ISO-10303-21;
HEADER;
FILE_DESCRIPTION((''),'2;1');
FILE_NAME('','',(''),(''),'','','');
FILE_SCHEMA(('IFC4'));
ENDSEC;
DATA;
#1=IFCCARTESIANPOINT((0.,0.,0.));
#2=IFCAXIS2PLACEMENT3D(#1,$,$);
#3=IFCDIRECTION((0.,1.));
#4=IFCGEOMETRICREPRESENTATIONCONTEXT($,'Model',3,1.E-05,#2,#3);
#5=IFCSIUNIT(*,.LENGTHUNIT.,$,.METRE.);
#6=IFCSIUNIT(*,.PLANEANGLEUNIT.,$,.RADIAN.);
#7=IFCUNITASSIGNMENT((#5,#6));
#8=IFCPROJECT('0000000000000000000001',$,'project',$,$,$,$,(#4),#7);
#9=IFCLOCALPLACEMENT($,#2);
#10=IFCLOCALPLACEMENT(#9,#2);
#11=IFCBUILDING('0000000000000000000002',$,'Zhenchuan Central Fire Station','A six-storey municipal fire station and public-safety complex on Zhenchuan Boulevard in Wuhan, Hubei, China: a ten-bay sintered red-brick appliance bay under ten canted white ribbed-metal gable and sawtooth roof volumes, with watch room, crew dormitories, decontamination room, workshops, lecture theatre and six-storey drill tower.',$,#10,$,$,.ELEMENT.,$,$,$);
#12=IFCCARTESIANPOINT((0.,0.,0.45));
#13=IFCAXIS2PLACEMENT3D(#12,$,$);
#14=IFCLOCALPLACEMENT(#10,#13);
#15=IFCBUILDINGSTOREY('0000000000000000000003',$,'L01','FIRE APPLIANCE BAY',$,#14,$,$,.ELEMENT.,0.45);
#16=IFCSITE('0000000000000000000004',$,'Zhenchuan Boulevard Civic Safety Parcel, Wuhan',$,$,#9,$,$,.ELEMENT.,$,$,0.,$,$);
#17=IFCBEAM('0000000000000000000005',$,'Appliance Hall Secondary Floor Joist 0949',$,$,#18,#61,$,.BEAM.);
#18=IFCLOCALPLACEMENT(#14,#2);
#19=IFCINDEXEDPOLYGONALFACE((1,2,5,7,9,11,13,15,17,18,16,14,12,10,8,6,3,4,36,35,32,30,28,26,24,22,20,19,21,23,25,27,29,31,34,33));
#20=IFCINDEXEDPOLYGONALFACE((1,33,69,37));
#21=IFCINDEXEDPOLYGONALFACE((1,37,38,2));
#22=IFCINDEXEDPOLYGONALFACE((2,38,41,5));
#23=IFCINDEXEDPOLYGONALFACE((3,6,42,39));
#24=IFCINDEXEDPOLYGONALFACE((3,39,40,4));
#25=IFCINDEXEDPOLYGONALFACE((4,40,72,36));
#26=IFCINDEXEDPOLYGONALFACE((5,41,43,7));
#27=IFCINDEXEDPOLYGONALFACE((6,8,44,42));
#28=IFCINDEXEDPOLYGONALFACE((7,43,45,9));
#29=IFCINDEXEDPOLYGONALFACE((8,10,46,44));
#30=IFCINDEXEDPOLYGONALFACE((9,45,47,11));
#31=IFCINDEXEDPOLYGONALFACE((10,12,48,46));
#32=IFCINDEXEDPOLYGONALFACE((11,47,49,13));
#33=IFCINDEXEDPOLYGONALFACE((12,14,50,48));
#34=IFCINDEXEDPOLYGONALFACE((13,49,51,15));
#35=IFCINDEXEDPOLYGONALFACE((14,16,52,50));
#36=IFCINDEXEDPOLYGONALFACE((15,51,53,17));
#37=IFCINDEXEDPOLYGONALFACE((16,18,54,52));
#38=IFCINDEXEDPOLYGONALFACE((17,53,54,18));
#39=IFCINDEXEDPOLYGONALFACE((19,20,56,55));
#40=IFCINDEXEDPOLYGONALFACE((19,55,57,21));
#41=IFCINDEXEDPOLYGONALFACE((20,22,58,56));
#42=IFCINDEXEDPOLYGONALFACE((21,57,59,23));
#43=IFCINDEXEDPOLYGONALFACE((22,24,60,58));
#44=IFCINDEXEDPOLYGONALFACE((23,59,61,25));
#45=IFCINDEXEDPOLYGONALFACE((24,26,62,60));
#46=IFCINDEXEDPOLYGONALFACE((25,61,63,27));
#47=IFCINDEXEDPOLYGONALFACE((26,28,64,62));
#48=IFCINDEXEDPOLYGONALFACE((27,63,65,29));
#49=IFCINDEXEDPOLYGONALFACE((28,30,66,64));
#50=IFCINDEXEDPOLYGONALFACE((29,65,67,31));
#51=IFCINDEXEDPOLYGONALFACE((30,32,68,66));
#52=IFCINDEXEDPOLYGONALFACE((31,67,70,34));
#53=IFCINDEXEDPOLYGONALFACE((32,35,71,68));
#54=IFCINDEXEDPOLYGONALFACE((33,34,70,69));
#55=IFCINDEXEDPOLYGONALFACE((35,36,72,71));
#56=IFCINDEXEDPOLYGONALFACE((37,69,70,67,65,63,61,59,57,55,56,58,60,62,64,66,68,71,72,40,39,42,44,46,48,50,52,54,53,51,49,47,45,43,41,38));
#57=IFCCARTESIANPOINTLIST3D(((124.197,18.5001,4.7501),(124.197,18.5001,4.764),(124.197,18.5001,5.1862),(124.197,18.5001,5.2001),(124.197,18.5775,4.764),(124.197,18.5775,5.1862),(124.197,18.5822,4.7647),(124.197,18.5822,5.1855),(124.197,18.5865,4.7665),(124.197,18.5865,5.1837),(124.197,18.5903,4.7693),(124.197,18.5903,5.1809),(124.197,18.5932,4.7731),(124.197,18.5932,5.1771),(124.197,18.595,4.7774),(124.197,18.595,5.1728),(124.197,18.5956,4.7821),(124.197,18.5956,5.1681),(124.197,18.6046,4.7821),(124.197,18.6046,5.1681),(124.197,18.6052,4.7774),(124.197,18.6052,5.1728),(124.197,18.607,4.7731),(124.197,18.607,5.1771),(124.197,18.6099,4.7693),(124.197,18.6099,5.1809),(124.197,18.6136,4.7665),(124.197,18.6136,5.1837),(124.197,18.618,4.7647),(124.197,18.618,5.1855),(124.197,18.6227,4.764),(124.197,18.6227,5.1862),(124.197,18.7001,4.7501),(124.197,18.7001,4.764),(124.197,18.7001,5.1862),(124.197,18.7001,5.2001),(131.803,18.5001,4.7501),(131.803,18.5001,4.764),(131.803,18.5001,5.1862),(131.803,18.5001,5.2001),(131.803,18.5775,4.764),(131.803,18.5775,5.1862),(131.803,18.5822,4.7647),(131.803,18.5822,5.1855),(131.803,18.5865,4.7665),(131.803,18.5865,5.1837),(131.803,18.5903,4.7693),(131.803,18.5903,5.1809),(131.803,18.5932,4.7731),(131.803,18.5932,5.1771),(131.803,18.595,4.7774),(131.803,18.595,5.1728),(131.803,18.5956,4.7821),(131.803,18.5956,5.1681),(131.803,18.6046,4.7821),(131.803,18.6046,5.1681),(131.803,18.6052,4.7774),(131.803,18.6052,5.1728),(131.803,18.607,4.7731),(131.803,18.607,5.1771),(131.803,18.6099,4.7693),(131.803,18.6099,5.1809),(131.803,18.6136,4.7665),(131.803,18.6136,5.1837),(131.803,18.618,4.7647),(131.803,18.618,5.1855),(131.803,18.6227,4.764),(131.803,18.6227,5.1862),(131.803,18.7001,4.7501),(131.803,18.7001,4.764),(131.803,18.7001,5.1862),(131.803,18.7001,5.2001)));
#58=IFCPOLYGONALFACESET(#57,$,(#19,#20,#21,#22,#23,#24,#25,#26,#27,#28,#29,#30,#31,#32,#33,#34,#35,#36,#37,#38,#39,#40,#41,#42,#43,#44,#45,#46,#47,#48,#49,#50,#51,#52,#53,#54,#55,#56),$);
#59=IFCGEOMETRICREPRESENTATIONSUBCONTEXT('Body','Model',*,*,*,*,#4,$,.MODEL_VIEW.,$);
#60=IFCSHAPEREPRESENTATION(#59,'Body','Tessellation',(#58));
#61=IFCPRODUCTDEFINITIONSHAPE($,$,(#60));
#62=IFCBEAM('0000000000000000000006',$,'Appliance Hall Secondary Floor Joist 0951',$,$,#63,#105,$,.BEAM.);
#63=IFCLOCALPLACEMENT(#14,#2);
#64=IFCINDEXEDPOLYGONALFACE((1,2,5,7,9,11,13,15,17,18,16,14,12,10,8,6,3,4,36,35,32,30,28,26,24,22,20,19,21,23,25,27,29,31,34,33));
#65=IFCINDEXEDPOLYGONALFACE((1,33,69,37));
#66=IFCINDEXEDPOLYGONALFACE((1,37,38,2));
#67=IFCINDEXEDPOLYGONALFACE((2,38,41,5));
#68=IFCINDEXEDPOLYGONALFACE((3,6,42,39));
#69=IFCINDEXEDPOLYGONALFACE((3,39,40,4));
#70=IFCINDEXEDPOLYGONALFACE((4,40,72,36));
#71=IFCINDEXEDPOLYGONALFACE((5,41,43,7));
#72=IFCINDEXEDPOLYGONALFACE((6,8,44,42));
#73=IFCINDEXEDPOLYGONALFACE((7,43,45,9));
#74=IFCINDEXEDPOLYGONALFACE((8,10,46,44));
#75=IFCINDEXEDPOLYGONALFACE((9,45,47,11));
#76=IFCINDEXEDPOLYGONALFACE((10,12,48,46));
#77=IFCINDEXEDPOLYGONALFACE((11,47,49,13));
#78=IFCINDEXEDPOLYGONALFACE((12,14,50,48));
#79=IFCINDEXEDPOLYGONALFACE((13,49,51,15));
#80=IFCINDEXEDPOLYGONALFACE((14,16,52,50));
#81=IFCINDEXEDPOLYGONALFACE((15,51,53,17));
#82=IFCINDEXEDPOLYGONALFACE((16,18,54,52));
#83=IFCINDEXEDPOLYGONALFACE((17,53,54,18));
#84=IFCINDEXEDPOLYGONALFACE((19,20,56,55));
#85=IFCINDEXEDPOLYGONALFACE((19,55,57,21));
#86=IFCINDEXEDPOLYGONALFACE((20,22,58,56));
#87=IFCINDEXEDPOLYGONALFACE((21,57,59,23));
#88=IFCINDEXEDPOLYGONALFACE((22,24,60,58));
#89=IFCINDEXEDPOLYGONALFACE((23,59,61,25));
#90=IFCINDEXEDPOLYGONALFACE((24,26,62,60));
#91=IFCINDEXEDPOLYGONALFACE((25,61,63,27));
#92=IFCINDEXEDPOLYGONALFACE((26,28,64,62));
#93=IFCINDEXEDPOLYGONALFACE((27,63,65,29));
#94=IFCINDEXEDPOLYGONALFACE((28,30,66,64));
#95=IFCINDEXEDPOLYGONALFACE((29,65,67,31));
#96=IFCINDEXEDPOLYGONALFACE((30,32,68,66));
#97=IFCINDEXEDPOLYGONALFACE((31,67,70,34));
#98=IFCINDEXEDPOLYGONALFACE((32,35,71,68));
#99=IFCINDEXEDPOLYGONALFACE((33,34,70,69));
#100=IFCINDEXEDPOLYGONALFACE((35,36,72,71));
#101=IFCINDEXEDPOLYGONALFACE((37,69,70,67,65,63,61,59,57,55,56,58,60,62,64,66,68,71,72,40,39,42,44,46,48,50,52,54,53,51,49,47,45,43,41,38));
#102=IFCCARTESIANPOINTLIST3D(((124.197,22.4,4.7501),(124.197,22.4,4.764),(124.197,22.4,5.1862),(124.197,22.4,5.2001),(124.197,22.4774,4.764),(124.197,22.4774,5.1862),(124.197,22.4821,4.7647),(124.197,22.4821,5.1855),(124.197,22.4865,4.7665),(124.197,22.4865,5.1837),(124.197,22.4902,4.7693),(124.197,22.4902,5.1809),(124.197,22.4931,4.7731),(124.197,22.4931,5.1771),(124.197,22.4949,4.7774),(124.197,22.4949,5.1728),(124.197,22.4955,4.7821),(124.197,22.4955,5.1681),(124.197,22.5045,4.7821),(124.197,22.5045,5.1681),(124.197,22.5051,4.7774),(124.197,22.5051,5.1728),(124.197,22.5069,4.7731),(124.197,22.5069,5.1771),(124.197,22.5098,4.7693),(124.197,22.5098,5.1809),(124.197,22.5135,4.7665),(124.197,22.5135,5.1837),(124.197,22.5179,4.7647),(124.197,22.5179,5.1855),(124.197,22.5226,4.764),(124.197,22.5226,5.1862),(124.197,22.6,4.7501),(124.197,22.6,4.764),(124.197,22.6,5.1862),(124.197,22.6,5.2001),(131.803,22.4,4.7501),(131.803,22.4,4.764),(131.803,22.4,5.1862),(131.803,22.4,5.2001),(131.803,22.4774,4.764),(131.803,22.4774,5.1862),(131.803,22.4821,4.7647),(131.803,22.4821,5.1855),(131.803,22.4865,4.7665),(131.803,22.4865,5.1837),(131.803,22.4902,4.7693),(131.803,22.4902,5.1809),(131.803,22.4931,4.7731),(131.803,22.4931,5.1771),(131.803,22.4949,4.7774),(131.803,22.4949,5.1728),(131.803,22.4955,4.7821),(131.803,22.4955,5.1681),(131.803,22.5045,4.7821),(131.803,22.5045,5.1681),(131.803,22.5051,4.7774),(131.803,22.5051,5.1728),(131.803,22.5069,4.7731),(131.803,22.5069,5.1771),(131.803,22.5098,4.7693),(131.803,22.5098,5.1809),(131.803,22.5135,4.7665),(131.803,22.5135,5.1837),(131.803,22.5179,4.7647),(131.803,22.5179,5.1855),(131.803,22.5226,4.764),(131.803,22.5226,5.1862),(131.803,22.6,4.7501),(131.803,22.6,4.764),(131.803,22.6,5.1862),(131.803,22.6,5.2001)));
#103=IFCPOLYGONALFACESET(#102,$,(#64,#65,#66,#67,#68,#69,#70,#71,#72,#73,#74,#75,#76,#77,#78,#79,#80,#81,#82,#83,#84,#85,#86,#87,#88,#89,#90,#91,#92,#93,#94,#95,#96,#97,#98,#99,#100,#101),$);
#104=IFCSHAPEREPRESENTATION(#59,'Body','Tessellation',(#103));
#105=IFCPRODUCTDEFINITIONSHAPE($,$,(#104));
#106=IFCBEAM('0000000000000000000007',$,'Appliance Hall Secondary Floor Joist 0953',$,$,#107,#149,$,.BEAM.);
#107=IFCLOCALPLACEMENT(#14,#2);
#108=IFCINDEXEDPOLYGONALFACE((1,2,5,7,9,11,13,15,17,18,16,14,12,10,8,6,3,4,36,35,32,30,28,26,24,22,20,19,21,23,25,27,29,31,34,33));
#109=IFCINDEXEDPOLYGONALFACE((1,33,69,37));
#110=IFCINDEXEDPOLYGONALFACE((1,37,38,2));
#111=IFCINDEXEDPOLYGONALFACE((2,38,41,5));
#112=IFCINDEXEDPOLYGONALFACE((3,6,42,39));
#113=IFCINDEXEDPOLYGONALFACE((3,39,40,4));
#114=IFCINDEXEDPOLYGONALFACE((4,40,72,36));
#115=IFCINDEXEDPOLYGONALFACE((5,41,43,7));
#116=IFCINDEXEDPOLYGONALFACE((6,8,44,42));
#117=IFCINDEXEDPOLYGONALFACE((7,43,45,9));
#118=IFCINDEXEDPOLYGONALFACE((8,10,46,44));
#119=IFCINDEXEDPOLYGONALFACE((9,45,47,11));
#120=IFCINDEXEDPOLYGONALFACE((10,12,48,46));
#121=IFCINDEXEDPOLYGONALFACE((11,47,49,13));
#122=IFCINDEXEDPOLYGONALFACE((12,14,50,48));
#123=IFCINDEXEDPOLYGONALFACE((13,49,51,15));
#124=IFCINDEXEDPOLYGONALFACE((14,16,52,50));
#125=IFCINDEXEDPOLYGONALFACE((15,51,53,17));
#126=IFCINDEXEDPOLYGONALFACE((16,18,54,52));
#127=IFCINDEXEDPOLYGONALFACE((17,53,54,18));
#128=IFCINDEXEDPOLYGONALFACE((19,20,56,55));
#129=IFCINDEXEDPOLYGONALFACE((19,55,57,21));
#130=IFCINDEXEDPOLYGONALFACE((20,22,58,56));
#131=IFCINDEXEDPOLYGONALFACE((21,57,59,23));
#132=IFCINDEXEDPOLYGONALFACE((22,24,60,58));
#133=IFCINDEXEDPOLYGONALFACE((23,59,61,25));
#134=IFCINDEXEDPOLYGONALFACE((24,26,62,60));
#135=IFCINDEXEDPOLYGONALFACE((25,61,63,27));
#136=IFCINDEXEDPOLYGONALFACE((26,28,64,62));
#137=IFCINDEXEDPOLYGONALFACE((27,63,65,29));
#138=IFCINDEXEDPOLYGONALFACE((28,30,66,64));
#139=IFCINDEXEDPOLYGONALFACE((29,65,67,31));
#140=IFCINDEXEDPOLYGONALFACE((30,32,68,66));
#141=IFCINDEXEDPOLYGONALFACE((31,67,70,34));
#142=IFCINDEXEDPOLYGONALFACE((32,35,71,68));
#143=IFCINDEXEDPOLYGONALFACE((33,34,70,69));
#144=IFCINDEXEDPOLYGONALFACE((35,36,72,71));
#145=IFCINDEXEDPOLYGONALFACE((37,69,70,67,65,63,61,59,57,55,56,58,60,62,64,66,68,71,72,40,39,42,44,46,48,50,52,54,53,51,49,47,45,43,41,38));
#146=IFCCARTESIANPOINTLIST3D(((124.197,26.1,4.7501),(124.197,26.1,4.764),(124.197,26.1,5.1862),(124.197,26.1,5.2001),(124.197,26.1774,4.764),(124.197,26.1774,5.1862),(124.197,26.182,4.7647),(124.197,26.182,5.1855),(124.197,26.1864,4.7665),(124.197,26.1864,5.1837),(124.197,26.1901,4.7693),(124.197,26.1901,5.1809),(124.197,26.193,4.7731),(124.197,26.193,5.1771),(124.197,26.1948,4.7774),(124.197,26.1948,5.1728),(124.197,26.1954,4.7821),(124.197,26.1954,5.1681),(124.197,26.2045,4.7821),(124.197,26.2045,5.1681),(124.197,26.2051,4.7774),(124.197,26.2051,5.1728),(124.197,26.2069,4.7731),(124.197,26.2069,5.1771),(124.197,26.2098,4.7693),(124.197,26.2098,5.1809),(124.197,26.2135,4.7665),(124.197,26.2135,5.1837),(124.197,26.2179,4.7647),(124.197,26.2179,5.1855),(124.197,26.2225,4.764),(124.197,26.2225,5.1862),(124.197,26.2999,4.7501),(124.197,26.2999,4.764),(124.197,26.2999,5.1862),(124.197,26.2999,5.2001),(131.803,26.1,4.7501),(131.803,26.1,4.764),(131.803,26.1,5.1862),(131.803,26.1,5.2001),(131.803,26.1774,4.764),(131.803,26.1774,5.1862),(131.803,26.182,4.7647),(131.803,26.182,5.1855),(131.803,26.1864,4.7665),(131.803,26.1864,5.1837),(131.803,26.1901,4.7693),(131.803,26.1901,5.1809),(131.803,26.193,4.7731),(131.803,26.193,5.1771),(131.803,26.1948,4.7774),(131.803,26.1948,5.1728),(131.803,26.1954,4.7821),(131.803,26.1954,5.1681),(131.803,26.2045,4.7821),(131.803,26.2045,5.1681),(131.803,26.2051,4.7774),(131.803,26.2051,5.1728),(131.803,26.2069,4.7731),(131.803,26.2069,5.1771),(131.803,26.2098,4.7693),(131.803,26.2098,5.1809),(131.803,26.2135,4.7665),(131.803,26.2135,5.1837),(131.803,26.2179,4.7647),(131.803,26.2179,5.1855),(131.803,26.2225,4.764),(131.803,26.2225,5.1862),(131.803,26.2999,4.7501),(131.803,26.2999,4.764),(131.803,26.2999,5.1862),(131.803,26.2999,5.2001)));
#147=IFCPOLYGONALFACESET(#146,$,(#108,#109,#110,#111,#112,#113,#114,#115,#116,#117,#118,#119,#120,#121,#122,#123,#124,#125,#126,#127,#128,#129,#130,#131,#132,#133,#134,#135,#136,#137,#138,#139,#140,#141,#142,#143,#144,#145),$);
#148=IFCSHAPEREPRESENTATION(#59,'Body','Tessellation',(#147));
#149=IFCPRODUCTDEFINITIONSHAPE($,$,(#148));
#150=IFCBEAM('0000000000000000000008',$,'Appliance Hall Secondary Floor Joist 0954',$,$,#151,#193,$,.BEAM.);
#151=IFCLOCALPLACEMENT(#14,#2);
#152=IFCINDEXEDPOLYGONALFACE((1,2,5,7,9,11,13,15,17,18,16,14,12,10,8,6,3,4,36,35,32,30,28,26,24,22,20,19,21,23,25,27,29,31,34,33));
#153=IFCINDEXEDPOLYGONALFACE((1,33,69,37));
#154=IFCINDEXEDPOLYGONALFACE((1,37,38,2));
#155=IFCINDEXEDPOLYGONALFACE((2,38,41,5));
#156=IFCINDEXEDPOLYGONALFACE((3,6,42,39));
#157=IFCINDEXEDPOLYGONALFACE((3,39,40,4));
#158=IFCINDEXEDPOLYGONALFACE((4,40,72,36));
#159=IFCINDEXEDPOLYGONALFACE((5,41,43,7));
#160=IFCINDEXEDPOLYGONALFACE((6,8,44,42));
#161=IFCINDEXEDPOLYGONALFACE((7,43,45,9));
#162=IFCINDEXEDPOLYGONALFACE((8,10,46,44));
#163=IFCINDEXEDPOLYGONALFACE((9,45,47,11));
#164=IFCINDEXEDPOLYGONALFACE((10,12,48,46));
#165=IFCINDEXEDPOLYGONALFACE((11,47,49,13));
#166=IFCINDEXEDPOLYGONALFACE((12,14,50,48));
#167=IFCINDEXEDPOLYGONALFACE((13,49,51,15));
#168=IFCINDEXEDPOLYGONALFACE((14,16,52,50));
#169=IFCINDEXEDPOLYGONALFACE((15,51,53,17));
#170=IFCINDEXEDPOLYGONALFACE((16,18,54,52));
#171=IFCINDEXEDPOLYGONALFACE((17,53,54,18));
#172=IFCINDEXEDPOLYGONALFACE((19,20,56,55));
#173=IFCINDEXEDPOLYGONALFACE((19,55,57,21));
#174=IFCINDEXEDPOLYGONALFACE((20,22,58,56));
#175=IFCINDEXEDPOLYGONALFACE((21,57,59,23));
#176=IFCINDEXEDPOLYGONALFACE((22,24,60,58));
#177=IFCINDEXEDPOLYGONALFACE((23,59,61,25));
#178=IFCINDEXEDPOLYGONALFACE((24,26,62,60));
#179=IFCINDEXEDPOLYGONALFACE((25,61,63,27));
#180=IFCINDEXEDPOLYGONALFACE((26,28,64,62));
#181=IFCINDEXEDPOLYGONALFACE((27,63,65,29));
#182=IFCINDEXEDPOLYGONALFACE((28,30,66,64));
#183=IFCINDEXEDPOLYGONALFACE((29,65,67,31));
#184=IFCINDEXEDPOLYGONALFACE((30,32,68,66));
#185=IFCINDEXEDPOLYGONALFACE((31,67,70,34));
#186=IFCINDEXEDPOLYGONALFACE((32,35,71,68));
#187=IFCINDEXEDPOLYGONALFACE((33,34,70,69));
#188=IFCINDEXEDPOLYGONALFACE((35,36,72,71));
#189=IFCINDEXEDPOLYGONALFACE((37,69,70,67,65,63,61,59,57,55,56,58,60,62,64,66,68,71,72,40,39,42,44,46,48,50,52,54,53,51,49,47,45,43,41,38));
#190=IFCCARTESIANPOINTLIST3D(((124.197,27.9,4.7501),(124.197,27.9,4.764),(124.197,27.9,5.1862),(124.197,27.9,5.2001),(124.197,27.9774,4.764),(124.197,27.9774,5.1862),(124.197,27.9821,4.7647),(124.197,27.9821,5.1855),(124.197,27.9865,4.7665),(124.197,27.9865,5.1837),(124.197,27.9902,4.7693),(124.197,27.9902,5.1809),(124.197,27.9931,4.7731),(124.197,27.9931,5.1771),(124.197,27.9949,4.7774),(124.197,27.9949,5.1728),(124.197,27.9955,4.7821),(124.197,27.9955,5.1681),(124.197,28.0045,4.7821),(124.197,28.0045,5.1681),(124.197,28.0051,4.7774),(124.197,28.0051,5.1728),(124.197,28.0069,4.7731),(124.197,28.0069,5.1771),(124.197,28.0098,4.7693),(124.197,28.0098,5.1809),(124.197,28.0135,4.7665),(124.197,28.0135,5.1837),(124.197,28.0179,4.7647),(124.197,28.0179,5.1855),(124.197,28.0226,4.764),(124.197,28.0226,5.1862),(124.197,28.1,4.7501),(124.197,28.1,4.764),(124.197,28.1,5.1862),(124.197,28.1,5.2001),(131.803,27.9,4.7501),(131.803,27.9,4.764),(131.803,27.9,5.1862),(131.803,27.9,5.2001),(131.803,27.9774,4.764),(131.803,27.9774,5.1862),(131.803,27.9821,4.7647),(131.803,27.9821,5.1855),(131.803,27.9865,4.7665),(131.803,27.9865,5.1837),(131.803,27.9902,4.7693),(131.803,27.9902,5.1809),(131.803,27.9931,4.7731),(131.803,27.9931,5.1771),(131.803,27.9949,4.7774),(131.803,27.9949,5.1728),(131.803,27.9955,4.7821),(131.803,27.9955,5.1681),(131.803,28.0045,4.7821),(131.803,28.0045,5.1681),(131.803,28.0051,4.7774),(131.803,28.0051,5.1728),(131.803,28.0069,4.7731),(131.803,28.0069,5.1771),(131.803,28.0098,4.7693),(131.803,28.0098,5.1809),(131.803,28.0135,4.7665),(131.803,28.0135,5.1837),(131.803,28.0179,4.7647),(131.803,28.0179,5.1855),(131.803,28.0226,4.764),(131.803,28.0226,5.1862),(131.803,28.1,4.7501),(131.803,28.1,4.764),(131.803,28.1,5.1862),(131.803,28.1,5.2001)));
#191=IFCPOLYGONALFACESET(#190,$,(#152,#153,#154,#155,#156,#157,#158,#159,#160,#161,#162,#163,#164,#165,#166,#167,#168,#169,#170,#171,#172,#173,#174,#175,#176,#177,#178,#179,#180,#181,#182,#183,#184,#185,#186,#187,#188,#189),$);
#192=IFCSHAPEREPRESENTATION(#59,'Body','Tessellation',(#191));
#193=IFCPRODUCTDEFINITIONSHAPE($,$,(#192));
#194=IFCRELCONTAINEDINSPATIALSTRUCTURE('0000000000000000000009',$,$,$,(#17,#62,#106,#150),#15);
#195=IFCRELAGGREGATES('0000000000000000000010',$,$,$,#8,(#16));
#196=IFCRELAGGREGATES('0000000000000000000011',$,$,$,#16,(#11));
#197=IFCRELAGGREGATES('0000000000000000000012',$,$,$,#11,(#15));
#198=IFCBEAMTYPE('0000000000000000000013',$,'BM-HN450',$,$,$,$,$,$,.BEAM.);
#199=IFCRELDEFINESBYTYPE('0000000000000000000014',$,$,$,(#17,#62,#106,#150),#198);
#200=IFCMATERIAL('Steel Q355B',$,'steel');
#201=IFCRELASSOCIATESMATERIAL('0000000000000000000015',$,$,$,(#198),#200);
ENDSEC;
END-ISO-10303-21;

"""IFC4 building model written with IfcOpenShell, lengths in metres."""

from ifc_helpers import new_model, si_unit, direction, frame, origin, origin_2d, place, context, subcontext, project, spatial, i_section, extrude, material, material_profile, profile_set, type_object, element, save


model = new_model("IFC4")

# Units and contexts
model_context = context("Model", 3, precision=1e-05, world=origin(), true_north=direction((0.0, 1.0)))
body_context = subcontext(model_context, "Body", "Model", "MODEL_VIEW")
ifc_project = project(units=[si_unit("LENGTHUNIT", "METRE"), si_unit("PLANEANGLEUNIT", "RADIAN")], contexts=[model_context])

# Site, building, storey
site_placement = place(None, origin())
site = spatial("IfcSite", under=ifc_project, at=site_placement, Name="Zhenchuan Boulevard Civic Safety Parcel, Wuhan", CompositionType="ELEMENT", RefElevation=0.0)
building_placement = place(site_placement, origin())
building = spatial("IfcBuilding", under=site, at=building_placement, Name="Zhenchuan Central Fire Station", Description="A six-storey municipal fire station and public-safety complex on Zhenchuan Boulevard in Wuhan, Hubei, China: a ten-bay sintered red-brick appliance bay under ten canted white ribbed-metal gable and sawtooth roof volumes, with watch room, crew dormitories, decontamination room, workshops, lecture theatre and six-storey drill tower.", CompositionType="ELEMENT")
storey_placement = place(building_placement, frame((0.0, 0.0, 0.45)))
storey = spatial("IfcBuildingStorey", under=building, at=storey_placement, Name="L01", Description="FIRE APPLIANCE BAY", CompositionType="ELEMENT", Elevation=0.45)

# Beams
ifc_material_1 = material(Name="Steel Q355B", Category="steel")
ifc_material_profile_1 = material_profile(ifc_material_1, i_section(OverallWidth=0.2, OverallDepth=0.45, WebThickness=0.009, FlangeThickness=0.0139, FilletRadius=0.0181, at=origin_2d()), Name="HN 450x200")
ifc_profile_set_1 = profile_set([ifc_material_profile_1], Name="Steel Q355B")
beam_type_1 = type_object("IfcBeamType", Name="BM-HN450", PredefinedType="BEAM", material=ifc_profile_set_1)
for number, where, z_axis, x_axis, name in (
    (1, (124.197, 18.6001, 4.9751), (1.0, 0.0, 0.0), (0.0, 1.0, 0.0), "Appliance Hall Secondary Floor Joist 0949"),
    (2, (124.197, 22.5, 4.9751), (1.0, 0.0, 0.0), (0.0, 1.0, 0.0), "Appliance Hall Secondary Floor Joist 0951"),
    (3, (124.197, 26.2, 4.9751), (1.0, 0.0, 0.0), (0.0, 1.0, 0.0), "Appliance Hall Secondary Floor Joist 0953"),
    (4, (124.197, 28.0, 4.9751), (1.0, 0.0, 0.0), (0.0, 1.0, 0.0), "Appliance Hall Secondary Floor Joist 0954"),
):
    element("IfcBeam", number, at=place(storey_placement, frame(where, z_axis=z_axis, x_axis=x_axis)), inside=storey, type_object=beam_type_1, Name=name, PredefinedType="BEAM", context=body_context, shape_type="SweptSolid", body=[
        extrude(i_section(OverallWidth=0.2, OverallDepth=0.45, WebThickness=0.009, FlangeThickness=0.0139, FilletRadius=0.0181, at=origin_2d()), origin(), (0.0, 0.0, 1.0), 7.606),
    ])

save(model, "model.ifc")
